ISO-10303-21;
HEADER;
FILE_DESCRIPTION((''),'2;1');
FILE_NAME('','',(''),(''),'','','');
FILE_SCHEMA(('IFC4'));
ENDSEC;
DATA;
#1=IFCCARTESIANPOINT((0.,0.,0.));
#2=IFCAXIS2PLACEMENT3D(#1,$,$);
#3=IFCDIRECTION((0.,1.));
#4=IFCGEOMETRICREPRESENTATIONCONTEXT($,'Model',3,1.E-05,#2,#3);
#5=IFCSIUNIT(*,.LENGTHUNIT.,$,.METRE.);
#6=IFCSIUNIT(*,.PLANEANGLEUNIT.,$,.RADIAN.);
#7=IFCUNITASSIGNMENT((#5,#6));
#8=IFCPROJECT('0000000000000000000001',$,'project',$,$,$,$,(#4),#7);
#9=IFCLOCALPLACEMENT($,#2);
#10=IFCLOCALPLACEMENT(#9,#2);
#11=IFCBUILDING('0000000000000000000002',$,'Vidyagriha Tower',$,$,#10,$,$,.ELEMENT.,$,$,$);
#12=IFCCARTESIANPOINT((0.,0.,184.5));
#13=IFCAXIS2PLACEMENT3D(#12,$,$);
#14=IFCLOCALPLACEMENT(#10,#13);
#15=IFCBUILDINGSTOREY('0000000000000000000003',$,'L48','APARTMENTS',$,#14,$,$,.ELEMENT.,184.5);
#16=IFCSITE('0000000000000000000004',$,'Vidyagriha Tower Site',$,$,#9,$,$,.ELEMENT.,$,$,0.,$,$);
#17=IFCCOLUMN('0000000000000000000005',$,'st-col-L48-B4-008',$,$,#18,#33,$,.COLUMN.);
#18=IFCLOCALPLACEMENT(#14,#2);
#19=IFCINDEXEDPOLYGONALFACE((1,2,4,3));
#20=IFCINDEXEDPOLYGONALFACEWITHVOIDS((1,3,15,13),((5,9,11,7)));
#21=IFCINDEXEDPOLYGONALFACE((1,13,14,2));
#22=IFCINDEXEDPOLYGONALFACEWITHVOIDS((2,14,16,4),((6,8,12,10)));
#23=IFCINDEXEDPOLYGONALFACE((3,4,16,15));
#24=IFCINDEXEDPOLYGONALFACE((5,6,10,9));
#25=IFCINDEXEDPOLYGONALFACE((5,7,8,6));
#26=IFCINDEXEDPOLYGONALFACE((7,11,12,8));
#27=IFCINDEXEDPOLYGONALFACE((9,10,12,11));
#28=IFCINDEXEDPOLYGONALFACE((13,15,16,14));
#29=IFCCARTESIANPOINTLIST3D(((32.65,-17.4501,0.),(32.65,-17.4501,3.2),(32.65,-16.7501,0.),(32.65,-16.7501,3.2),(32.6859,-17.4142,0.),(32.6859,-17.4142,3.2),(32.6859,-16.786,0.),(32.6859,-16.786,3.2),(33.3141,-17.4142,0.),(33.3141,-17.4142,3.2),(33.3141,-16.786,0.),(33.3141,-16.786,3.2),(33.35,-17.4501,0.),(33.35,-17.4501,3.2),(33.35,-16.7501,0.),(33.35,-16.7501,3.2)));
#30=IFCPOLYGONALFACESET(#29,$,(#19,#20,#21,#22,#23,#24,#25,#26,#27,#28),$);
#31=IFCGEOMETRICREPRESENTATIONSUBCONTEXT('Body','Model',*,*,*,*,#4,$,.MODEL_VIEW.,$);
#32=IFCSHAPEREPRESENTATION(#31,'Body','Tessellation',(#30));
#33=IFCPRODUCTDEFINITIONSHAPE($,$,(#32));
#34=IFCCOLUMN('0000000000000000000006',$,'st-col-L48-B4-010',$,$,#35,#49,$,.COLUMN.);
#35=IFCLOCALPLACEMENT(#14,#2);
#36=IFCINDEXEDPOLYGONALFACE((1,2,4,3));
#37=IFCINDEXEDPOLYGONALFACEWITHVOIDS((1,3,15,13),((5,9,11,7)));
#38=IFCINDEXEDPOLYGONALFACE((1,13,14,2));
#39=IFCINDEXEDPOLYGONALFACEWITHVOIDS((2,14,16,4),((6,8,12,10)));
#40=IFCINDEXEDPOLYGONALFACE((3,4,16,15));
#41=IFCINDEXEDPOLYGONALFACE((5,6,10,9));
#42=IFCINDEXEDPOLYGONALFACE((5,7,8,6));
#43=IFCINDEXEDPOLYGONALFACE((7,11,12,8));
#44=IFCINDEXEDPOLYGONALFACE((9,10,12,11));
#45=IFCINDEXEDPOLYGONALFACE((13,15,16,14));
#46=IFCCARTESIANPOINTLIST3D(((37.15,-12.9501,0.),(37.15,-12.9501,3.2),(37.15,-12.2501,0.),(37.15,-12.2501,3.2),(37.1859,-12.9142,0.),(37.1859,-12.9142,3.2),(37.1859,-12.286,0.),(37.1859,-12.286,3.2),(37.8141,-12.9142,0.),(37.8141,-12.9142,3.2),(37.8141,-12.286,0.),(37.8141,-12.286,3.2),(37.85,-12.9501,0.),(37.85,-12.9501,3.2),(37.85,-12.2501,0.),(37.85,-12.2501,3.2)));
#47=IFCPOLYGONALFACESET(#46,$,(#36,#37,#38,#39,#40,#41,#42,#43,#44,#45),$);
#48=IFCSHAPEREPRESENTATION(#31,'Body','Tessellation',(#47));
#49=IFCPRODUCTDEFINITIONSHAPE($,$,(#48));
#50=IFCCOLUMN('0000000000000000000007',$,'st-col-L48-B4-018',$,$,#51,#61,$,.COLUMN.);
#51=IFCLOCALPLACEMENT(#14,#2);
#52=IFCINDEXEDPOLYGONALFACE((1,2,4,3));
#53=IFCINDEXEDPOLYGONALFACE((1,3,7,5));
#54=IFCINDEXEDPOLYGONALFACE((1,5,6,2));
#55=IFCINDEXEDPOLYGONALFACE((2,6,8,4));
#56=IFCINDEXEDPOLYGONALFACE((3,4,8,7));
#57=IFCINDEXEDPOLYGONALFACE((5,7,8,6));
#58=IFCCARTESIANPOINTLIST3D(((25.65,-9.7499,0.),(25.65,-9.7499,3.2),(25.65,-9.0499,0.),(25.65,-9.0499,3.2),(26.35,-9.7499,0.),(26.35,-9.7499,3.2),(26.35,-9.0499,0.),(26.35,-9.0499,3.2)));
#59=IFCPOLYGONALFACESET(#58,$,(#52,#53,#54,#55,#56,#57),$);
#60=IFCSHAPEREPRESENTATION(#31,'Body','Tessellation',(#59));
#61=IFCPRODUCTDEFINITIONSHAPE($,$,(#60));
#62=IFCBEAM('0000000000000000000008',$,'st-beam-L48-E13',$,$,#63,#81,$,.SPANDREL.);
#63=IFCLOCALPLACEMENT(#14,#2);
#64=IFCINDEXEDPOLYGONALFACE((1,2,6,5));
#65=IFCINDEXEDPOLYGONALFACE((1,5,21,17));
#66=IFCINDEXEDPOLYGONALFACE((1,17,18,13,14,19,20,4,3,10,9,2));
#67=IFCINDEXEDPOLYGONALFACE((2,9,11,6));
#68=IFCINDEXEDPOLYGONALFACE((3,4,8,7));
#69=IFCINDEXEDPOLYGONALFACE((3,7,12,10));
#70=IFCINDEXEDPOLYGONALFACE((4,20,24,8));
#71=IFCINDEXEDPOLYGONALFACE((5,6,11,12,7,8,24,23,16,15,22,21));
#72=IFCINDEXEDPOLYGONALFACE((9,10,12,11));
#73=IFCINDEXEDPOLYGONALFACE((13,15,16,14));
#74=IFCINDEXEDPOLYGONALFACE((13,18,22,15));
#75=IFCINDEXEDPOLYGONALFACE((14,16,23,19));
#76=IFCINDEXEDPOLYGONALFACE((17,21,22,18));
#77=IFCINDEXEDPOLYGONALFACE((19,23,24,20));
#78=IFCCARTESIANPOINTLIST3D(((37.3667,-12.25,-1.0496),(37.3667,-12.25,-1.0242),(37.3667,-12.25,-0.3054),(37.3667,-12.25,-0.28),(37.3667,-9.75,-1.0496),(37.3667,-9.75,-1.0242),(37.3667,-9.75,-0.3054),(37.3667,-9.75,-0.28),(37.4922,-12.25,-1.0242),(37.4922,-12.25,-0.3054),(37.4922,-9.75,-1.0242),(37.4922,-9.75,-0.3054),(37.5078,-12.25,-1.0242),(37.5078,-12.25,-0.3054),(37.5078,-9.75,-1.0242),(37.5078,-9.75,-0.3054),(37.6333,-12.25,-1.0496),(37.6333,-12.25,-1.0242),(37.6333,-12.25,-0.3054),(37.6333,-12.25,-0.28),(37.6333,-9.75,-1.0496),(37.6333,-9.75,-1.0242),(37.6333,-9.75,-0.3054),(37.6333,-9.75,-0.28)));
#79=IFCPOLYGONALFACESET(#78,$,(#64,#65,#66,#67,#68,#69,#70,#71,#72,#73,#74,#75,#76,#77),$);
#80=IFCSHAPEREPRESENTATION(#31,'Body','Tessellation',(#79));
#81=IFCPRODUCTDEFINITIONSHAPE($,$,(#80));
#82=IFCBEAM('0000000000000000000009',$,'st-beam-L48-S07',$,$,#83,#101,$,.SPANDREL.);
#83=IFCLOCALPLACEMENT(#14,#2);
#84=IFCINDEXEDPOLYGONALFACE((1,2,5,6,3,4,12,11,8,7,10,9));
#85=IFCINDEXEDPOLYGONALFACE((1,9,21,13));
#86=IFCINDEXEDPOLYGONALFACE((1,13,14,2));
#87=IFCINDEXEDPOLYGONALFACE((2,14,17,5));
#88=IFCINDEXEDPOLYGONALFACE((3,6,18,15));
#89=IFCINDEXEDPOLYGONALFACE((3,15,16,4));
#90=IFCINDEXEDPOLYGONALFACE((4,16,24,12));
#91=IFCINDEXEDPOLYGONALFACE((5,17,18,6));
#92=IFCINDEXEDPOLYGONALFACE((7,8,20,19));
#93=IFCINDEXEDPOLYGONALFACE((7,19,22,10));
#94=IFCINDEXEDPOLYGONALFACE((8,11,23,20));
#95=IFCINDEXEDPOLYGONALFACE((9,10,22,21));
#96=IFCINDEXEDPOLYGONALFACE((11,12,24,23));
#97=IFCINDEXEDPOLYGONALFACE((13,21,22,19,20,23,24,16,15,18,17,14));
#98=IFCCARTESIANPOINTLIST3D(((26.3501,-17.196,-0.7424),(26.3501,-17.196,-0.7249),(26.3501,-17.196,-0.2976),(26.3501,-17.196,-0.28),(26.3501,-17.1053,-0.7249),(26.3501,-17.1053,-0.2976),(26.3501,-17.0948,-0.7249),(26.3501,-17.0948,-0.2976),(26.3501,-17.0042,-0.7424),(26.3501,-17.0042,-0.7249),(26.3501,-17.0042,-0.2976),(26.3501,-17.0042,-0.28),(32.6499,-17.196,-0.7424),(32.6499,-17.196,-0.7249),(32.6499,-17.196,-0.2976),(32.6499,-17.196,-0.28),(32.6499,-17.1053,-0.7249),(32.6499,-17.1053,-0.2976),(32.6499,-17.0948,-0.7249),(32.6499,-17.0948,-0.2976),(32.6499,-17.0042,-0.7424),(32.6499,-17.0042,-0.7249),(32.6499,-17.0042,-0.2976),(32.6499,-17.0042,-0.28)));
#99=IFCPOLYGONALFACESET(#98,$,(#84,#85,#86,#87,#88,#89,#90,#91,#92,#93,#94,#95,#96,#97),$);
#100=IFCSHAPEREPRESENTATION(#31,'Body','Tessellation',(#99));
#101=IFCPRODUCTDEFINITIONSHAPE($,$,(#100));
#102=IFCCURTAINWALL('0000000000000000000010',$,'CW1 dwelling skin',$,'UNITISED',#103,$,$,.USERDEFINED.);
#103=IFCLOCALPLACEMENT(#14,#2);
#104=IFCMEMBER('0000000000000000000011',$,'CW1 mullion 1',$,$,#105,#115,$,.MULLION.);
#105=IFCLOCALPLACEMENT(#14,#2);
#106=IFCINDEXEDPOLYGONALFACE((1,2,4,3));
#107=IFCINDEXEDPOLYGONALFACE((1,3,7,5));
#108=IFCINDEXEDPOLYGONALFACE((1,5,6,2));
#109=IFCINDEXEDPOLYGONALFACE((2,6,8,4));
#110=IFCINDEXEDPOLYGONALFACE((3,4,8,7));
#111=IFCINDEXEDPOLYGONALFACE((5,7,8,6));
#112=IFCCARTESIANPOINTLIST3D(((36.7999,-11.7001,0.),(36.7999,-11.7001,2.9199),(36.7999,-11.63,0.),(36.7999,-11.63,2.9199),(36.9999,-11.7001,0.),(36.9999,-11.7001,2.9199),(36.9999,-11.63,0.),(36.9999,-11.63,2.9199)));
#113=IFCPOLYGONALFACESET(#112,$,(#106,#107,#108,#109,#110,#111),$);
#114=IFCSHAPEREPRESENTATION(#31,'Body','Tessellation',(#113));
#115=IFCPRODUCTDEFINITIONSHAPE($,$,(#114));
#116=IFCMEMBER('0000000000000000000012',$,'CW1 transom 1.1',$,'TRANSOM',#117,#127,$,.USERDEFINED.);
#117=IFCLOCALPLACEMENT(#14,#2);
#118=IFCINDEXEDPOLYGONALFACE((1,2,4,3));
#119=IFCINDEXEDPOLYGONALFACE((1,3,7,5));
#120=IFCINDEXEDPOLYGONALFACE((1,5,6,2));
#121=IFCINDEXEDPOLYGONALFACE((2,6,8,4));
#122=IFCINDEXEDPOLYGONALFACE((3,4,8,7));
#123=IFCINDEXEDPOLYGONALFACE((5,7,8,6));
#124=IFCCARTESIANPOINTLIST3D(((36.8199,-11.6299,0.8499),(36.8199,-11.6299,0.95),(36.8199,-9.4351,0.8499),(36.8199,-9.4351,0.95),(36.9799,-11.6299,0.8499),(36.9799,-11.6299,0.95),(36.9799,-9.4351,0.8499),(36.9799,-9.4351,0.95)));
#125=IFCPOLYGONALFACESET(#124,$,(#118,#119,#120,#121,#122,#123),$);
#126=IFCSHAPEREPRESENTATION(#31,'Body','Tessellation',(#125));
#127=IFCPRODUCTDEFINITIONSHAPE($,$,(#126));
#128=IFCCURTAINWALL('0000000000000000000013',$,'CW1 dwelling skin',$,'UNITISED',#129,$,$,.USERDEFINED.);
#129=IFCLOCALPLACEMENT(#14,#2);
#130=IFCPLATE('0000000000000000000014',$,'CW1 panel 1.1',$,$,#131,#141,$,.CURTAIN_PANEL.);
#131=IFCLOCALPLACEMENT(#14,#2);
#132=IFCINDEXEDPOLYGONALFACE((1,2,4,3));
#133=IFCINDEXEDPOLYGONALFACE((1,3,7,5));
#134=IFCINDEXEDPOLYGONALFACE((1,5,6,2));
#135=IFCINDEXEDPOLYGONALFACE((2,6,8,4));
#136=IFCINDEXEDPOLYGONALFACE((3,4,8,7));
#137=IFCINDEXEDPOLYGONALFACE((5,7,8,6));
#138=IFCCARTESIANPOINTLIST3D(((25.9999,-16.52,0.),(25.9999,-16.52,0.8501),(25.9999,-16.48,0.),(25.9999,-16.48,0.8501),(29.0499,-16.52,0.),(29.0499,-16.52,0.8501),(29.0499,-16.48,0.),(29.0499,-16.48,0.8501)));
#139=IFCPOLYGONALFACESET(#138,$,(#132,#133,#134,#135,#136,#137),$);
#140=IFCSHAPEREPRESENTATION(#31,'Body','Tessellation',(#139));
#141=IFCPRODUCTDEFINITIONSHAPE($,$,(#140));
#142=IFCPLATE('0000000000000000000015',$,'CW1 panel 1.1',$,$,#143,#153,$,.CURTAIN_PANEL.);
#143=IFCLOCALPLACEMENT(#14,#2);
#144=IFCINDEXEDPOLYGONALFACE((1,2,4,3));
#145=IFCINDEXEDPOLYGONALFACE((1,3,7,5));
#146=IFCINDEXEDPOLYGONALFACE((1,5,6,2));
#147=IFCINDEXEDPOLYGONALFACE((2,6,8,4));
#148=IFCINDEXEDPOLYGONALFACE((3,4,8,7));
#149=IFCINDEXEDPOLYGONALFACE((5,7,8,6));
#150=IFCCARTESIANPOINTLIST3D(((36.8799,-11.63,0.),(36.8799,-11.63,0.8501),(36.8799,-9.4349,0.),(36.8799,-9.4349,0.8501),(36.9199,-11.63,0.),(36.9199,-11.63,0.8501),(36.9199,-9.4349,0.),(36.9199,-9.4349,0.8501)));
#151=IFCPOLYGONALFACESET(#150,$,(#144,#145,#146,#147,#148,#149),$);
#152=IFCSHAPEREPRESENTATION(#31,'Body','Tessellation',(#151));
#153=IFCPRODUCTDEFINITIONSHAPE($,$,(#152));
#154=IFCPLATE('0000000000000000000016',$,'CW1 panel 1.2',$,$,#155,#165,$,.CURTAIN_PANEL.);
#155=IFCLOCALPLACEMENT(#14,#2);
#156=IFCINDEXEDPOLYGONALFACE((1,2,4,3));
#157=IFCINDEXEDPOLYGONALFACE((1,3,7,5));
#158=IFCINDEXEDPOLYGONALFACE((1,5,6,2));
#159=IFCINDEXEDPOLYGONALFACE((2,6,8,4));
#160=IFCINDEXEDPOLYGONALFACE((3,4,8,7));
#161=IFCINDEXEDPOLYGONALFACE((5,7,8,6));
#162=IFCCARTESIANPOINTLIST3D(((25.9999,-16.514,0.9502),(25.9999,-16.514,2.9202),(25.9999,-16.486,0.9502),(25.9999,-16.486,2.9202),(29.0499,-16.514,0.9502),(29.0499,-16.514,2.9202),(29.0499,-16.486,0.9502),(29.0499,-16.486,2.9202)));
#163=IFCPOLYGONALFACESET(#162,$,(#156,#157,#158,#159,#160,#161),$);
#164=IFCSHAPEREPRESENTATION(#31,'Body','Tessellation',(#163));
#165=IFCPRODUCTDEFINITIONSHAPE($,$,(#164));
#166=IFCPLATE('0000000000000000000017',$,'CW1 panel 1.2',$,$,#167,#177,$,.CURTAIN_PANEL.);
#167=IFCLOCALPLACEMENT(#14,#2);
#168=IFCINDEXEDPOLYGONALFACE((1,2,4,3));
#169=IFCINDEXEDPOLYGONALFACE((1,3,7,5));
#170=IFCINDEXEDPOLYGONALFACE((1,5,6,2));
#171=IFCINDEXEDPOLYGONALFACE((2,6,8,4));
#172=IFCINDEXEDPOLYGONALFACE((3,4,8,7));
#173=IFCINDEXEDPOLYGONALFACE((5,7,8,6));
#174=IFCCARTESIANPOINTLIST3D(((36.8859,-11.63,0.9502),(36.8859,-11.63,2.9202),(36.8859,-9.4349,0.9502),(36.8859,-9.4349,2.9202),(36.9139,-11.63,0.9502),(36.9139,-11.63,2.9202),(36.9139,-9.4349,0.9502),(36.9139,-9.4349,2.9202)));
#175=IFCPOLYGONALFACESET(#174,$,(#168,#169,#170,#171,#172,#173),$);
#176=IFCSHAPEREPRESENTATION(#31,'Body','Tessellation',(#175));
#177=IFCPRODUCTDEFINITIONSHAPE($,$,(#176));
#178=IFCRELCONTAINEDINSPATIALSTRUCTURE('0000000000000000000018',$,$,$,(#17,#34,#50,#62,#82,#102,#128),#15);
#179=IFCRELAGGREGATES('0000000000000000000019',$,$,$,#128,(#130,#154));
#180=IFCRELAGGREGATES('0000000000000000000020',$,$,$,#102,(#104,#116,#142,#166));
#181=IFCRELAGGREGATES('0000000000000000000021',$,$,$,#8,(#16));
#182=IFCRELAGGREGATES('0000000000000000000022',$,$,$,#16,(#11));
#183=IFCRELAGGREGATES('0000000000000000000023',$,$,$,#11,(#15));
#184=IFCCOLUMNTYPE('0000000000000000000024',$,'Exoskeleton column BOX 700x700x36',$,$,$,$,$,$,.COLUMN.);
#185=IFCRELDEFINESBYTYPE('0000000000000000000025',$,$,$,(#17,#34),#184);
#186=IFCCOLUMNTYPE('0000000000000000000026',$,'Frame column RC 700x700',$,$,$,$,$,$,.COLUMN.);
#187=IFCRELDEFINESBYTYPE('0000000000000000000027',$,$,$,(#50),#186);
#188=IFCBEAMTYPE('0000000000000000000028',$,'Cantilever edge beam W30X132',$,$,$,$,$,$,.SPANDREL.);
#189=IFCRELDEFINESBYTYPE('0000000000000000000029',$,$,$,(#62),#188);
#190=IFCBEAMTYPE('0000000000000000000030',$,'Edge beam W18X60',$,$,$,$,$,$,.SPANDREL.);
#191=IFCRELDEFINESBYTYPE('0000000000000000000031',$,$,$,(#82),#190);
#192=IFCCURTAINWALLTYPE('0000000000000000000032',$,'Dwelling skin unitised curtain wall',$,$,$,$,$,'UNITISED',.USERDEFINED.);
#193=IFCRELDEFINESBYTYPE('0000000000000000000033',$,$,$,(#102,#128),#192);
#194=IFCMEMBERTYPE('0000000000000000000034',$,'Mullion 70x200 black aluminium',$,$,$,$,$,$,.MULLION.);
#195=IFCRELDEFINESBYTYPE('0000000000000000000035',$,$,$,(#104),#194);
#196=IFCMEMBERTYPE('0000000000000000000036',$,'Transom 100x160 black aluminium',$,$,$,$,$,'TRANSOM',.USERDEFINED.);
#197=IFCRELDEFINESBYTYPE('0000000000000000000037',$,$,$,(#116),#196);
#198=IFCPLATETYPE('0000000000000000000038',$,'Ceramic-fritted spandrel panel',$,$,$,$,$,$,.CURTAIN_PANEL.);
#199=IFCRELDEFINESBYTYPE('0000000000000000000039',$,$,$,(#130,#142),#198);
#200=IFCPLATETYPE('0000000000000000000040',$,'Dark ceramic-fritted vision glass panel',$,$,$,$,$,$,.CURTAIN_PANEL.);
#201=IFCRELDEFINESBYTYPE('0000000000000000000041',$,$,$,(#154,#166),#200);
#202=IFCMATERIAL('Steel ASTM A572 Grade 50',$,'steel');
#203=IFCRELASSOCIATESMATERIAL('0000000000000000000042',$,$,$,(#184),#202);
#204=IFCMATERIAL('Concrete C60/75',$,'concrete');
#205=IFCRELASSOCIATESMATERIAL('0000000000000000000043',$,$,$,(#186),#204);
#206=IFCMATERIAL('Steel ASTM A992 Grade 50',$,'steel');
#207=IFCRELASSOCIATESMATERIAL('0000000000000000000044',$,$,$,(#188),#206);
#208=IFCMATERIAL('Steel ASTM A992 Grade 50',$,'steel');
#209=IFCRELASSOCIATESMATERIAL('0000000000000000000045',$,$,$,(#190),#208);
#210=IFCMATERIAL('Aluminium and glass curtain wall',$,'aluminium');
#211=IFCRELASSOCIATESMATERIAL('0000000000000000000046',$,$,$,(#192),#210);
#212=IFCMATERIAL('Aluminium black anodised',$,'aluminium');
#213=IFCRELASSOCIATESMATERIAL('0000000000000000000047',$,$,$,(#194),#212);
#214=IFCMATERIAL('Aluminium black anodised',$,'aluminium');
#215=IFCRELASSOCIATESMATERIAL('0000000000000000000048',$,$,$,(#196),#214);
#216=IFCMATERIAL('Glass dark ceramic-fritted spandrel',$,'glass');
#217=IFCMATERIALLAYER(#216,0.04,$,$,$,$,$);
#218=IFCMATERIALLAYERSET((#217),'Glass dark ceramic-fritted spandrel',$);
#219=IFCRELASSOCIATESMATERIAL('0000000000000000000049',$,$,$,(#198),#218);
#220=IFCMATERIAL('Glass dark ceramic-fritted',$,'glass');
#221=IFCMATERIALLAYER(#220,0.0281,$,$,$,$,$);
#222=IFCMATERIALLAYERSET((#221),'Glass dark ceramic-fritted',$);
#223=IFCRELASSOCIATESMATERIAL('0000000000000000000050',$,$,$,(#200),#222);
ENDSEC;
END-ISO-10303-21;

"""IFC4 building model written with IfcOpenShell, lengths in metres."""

from ifc_helpers import new_model, si_unit, direction, frame, origin, origin_2d, place, context, subcontext, project, spatial, rectangle, hollow_rectangle, i_section, extrude, material, layer, layer_set, material_profile, profile_set, type_object, element, aggregate, save


model = new_model("IFC4")

# Units and contexts
model_context = context("Model", 3, precision=1e-05, world=origin(), true_north=direction((0.0, 1.0)))
body_context = subcontext(model_context, "Body", "Model", "MODEL_VIEW")
ifc_project = project(units=[si_unit("LENGTHUNIT", "METRE"), si_unit("PLANEANGLEUNIT", "RADIAN")], contexts=[model_context])

# Site, building, storey
site_placement = place(None, origin())
site = spatial("IfcSite", under=ifc_project, at=site_placement, Name="Vidyagriha Tower Site", CompositionType="ELEMENT", RefElevation=0.0)
building_placement = place(site_placement, origin())
building = spatial("IfcBuilding", under=site, at=building_placement, Name="Vidyagriha Tower", CompositionType="ELEMENT")
storey_placement = place(building_placement, frame((0.0, 0.0, 184.5)))
storey = spatial("IfcBuildingStorey", under=building, at=storey_placement, Name="L48", Description="APARTMENTS", CompositionType="ELEMENT", Elevation=184.5)

# Columns
ifc_material_1 = material(Name="Steel ASTM A572 Grade 50", Category="steel")
ifc_material_profile_1 = material_profile(ifc_material_1, hollow_rectangle(XDim=0.7, YDim=0.7, WallThickness=0.0359, at=origin_2d()), Name="BOX 700x700x36")
ifc_profile_set_1 = profile_set([ifc_material_profile_1], Name="Steel ASTM A572 Grade 50")
column_type_1 = type_object("IfcColumnType", Name="Exoskeleton column BOX 700x700x36", PredefinedType="COLUMN", material=ifc_profile_set_1)
for number, where, name in (
    (1, (33.0, -17.1001, 0.0), "st-col-L48-B4-008"),
    (2, (37.5, -12.6001, 0.0), "st-col-L48-B4-010"),
):
    element("IfcColumn", number, at=place(storey_placement, frame(where)), inside=storey, type_object=column_type_1, Name=name, PredefinedType="COLUMN", context=body_context, shape_type="SweptSolid", body=[
        extrude(hollow_rectangle(XDim=0.7, YDim=0.7, WallThickness=0.0359, at=origin_2d()), origin(), (0.0, 0.0, 1.0), 3.2),
    ])
ifc_material_2 = material(Name="Concrete C60/75", Category="concrete")
ifc_material_profile_2 = material_profile(ifc_material_2, rectangle(XDim=0.7, YDim=0.7, at=origin_2d()), Name="RC 700x700")
ifc_profile_set_2 = profile_set([ifc_material_profile_2], Name="Concrete C60/75")
column_type_2 = type_object("IfcColumnType", Name="Frame column RC 700x700", PredefinedType="COLUMN", material=ifc_profile_set_2)
column_placement = place(storey_placement, frame((26.0, -9.3999, 0.0)))
element("IfcColumn", 3, at=column_placement, inside=storey, type_object=column_type_2, Name="st-col-L48-B4-018", PredefinedType="COLUMN", context=body_context, shape_type="SweptSolid", body=[
    extrude(rectangle(XDim=0.7, YDim=0.7, at=origin_2d()), origin(), (0.0, 0.0, 1.0), 3.2),
])

# Beams
ifc_material_3 = material(Name="Steel ASTM A992 Grade 50", Category="steel")
ifc_material_profile_3 = material_profile(ifc_material_3, i_section(OverallWidth=0.2666, OverallDepth=0.7695, WebThickness=0.0156, FlangeThickness=0.0254, at=origin_2d()), Name="W30X132")
ifc_profile_set_3 = profile_set([ifc_material_profile_3], Name="Steel ASTM A992 Grade 50")
beam_type_1 = type_object("IfcBeamType", Name="Cantilever edge beam W30X132", PredefinedType="SPANDREL", material=ifc_profile_set_3)
beam_1_placement = place(storey_placement, frame((37.5, -12.25, -0.6648), z_axis=(0.0, 1.0, 0.0), x_axis=(-1.0, 0.0, 0.0)))
element("IfcBeam", 4, at=beam_1_placement, inside=storey, type_object=beam_type_1, Name="st-beam-L48-E13", PredefinedType="SPANDREL", context=body_context, shape_type="SweptSolid", body=[
    extrude(i_section(OverallWidth=0.2666, OverallDepth=0.7695, WebThickness=0.0156, FlangeThickness=0.0254, at=origin_2d()), origin(), (0.0, 0.0, 1.0), 2.5),
])
ifc_material_4 = material(Name="Steel ASTM A992 Grade 50", Category="steel")
ifc_material_profile_4 = material_profile(ifc_material_4, i_section(OverallWidth=0.1919, OverallDepth=0.4624, WebThickness=0.0105, FlangeThickness=0.0176, at=origin_2d()), Name="W18X60")
ifc_profile_set_4 = profile_set([ifc_material_profile_4], Name="Steel ASTM A992 Grade 50")
beam_type_2 = type_object("IfcBeamType", Name="Edge beam W18X60", PredefinedType="SPANDREL", material=ifc_profile_set_4)
beam_2_placement = place(storey_placement, frame((26.3501, -17.1001, -0.5112), z_axis=(1.0, 0.0, 0.0), x_axis=(0.0, 1.0, 0.0)))
element("IfcBeam", 5, at=beam_2_placement, inside=storey, type_object=beam_type_2, Name="st-beam-L48-S07", PredefinedType="SPANDREL", context=body_context, shape_type="SweptSolid", body=[
    extrude(i_section(OverallWidth=0.1919, OverallDepth=0.4624, WebThickness=0.0105, FlangeThickness=0.0176, at=origin_2d()), origin(), (0.0, 0.0, 1.0), 6.2998),
])

# Curtain wall, members
ifc_material_5 = material(Name="Aluminium and glass curtain wall", Category="aluminium")
curtain_wall_type = type_object("IfcCurtainWallType", Name="Dwelling skin unitised curtain wall", ElementType="UNITISED", PredefinedType="USERDEFINED", material=ifc_material_5)
curtain_wall_1_placement = place(storey_placement, origin())
curtain_wall_1 = element("IfcCurtainWall", 6, at=curtain_wall_1_placement, inside=storey, type_object=curtain_wall_type, Name="CW1 dwelling skin", ObjectType="UNITISED", PredefinedType="USERDEFINED")
ifc_material_6 = material(Name="Aluminium black anodised", Category="aluminium")
ifc_material_profile_5 = material_profile(ifc_material_6, rectangle(XDim=0.2, YDim=0.0701, at=origin_2d()), Name="Mullion 70x200 black aluminium")
ifc_profile_set_5 = profile_set([ifc_material_profile_5], Name="Aluminium black anodised")
member_type_1 = type_object("IfcMemberType", Name="Mullion 70x200 black aluminium", PredefinedType="MULLION", material=ifc_profile_set_5)
member_1_placement = place(storey_placement, frame((36.8999, -11.665, 0.0), z_axis=(0.0, 0.0, 1.0), x_axis=(-1.0, 0.0, 0.0)))
member_1 = element("IfcMember", 7, at=member_1_placement, type_object=member_type_1, Name="CW1 mullion 1", PredefinedType="MULLION", context=body_context, shape_type="SweptSolid", body=[
    extrude(rectangle(XDim=0.2, YDim=0.0701, at=origin_2d()), origin(), (0.0, 0.0, 1.0), 2.9199),
])
ifc_material_7 = material(Name="Aluminium black anodised", Category="aluminium")
ifc_material_profile_6 = material_profile(ifc_material_7, rectangle(XDim=0.1599, YDim=0.1001, at=origin_2d()), Name="Transom 100x160 black aluminium")
ifc_profile_set_6 = profile_set([ifc_material_profile_6], Name="Aluminium black anodised")
member_type_2 = type_object("IfcMemberType", Name="Transom 100x160 black aluminium", ElementType="TRANSOM", PredefinedType="USERDEFINED", material=ifc_profile_set_6)
member_2_placement = place(storey_placement, frame((36.8999, -11.6299, 0.8999), z_axis=(0.0, 1.0, 0.0), x_axis=(-1.0, 0.0, 0.0)))
member_2 = element("IfcMember", 8, at=member_2_placement, type_object=member_type_2, Name="CW1 transom 1.1", ObjectType="TRANSOM", PredefinedType="USERDEFINED", context=body_context, shape_type="SweptSolid", body=[
    extrude(rectangle(XDim=0.1599, YDim=0.1001, at=origin_2d()), origin(), (0.0, 0.0, 1.0), 2.1948),
])

# Curtain wall, plate
curtain_wall_2_placement = place(storey_placement, origin())
curtain_wall_2 = element("IfcCurtainWall", 9, at=curtain_wall_2_placement, inside=storey, type_object=curtain_wall_type, Name="CW1 dwelling skin", ObjectType="UNITISED", PredefinedType="USERDEFINED")
ifc_material_8 = material(Name="Glass dark ceramic-fritted spandrel", Category="glass")
ifc_layer_1 = layer(ifc_material_8, 0.04)
ifc_layer_set_1 = layer_set([ifc_layer_1], Name="Glass dark ceramic-fritted spandrel")
plate_type_1 = type_object("IfcPlateType", Name="Ceramic-fritted spandrel panel", PredefinedType="CURTAIN_PANEL", material=ifc_layer_set_1)
plate_1_placement = place(storey_placement, frame((27.5249, -16.5, 0.0)))
plate_1 = element("IfcPlate", 10, at=plate_1_placement, type_object=plate_type_1, Name="CW1 panel 1.1", PredefinedType="CURTAIN_PANEL", context=body_context, shape_type="SweptSolid", body=[
    extrude(rectangle(XDim=3.05, YDim=0.04, at=origin_2d()), origin(), (0.0, 0.0, 1.0), 0.8501),
])

# Plates
plate_2_placement = place(storey_placement, frame((36.8999, -10.5325, 0.0), z_axis=(0.0, 0.0, 1.0), x_axis=(0.0, 1.0, 0.0)))
plate_2 = element("IfcPlate", 11, at=plate_2_placement, type_object=plate_type_1, Name="CW1 panel 1.1", PredefinedType="CURTAIN_PANEL", context=body_context, shape_type="SweptSolid", body=[
    extrude(rectangle(XDim=2.1951, YDim=0.04, at=origin_2d()), origin(), (0.0, 0.0, 1.0), 0.8501),
])
ifc_material_9 = material(Name="Glass dark ceramic-fritted", Category="glass")
ifc_layer_2 = layer(ifc_material_9, 0.0281)
ifc_layer_set_2 = layer_set([ifc_layer_2], Name="Glass dark ceramic-fritted")
plate_type_2 = type_object("IfcPlateType", Name="Dark ceramic-fritted vision glass panel", PredefinedType="CURTAIN_PANEL", material=ifc_layer_set_2)
plate_3_placement = place(storey_placement, frame((27.5249, -16.5, 0.9502)))
plate_3 = element("IfcPlate", 12, at=plate_3_placement, type_object=plate_type_2, Name="CW1 panel 1.2", PredefinedType="CURTAIN_PANEL", context=body_context, shape_type="SweptSolid", body=[
    extrude(rectangle(XDim=3.05, YDim=0.0281, at=origin_2d()), origin(), (0.0, 0.0, 1.0), 1.97),
])
aggregate(curtain_wall_2, [plate_1, plate_3])
plate_4_placement = place(storey_placement, frame((36.8999, -10.5325, 0.9502), z_axis=(0.0, 0.0, 1.0), x_axis=(0.0, 1.0, 0.0)))
plate_4 = element("IfcPlate", 13, at=plate_4_placement, type_object=plate_type_2, Name="CW1 panel 1.2", PredefinedType="CURTAIN_PANEL", context=body_context, shape_type="SweptSolid", body=[
    extrude(rectangle(XDim=2.1951, YDim=0.0281, at=origin_2d()), origin(), (0.0, 0.0, 1.0), 1.97),
])
aggregate(curtain_wall_1, [member_1, member_2, plate_2, plate_4])

save(model, "model.ifc")
